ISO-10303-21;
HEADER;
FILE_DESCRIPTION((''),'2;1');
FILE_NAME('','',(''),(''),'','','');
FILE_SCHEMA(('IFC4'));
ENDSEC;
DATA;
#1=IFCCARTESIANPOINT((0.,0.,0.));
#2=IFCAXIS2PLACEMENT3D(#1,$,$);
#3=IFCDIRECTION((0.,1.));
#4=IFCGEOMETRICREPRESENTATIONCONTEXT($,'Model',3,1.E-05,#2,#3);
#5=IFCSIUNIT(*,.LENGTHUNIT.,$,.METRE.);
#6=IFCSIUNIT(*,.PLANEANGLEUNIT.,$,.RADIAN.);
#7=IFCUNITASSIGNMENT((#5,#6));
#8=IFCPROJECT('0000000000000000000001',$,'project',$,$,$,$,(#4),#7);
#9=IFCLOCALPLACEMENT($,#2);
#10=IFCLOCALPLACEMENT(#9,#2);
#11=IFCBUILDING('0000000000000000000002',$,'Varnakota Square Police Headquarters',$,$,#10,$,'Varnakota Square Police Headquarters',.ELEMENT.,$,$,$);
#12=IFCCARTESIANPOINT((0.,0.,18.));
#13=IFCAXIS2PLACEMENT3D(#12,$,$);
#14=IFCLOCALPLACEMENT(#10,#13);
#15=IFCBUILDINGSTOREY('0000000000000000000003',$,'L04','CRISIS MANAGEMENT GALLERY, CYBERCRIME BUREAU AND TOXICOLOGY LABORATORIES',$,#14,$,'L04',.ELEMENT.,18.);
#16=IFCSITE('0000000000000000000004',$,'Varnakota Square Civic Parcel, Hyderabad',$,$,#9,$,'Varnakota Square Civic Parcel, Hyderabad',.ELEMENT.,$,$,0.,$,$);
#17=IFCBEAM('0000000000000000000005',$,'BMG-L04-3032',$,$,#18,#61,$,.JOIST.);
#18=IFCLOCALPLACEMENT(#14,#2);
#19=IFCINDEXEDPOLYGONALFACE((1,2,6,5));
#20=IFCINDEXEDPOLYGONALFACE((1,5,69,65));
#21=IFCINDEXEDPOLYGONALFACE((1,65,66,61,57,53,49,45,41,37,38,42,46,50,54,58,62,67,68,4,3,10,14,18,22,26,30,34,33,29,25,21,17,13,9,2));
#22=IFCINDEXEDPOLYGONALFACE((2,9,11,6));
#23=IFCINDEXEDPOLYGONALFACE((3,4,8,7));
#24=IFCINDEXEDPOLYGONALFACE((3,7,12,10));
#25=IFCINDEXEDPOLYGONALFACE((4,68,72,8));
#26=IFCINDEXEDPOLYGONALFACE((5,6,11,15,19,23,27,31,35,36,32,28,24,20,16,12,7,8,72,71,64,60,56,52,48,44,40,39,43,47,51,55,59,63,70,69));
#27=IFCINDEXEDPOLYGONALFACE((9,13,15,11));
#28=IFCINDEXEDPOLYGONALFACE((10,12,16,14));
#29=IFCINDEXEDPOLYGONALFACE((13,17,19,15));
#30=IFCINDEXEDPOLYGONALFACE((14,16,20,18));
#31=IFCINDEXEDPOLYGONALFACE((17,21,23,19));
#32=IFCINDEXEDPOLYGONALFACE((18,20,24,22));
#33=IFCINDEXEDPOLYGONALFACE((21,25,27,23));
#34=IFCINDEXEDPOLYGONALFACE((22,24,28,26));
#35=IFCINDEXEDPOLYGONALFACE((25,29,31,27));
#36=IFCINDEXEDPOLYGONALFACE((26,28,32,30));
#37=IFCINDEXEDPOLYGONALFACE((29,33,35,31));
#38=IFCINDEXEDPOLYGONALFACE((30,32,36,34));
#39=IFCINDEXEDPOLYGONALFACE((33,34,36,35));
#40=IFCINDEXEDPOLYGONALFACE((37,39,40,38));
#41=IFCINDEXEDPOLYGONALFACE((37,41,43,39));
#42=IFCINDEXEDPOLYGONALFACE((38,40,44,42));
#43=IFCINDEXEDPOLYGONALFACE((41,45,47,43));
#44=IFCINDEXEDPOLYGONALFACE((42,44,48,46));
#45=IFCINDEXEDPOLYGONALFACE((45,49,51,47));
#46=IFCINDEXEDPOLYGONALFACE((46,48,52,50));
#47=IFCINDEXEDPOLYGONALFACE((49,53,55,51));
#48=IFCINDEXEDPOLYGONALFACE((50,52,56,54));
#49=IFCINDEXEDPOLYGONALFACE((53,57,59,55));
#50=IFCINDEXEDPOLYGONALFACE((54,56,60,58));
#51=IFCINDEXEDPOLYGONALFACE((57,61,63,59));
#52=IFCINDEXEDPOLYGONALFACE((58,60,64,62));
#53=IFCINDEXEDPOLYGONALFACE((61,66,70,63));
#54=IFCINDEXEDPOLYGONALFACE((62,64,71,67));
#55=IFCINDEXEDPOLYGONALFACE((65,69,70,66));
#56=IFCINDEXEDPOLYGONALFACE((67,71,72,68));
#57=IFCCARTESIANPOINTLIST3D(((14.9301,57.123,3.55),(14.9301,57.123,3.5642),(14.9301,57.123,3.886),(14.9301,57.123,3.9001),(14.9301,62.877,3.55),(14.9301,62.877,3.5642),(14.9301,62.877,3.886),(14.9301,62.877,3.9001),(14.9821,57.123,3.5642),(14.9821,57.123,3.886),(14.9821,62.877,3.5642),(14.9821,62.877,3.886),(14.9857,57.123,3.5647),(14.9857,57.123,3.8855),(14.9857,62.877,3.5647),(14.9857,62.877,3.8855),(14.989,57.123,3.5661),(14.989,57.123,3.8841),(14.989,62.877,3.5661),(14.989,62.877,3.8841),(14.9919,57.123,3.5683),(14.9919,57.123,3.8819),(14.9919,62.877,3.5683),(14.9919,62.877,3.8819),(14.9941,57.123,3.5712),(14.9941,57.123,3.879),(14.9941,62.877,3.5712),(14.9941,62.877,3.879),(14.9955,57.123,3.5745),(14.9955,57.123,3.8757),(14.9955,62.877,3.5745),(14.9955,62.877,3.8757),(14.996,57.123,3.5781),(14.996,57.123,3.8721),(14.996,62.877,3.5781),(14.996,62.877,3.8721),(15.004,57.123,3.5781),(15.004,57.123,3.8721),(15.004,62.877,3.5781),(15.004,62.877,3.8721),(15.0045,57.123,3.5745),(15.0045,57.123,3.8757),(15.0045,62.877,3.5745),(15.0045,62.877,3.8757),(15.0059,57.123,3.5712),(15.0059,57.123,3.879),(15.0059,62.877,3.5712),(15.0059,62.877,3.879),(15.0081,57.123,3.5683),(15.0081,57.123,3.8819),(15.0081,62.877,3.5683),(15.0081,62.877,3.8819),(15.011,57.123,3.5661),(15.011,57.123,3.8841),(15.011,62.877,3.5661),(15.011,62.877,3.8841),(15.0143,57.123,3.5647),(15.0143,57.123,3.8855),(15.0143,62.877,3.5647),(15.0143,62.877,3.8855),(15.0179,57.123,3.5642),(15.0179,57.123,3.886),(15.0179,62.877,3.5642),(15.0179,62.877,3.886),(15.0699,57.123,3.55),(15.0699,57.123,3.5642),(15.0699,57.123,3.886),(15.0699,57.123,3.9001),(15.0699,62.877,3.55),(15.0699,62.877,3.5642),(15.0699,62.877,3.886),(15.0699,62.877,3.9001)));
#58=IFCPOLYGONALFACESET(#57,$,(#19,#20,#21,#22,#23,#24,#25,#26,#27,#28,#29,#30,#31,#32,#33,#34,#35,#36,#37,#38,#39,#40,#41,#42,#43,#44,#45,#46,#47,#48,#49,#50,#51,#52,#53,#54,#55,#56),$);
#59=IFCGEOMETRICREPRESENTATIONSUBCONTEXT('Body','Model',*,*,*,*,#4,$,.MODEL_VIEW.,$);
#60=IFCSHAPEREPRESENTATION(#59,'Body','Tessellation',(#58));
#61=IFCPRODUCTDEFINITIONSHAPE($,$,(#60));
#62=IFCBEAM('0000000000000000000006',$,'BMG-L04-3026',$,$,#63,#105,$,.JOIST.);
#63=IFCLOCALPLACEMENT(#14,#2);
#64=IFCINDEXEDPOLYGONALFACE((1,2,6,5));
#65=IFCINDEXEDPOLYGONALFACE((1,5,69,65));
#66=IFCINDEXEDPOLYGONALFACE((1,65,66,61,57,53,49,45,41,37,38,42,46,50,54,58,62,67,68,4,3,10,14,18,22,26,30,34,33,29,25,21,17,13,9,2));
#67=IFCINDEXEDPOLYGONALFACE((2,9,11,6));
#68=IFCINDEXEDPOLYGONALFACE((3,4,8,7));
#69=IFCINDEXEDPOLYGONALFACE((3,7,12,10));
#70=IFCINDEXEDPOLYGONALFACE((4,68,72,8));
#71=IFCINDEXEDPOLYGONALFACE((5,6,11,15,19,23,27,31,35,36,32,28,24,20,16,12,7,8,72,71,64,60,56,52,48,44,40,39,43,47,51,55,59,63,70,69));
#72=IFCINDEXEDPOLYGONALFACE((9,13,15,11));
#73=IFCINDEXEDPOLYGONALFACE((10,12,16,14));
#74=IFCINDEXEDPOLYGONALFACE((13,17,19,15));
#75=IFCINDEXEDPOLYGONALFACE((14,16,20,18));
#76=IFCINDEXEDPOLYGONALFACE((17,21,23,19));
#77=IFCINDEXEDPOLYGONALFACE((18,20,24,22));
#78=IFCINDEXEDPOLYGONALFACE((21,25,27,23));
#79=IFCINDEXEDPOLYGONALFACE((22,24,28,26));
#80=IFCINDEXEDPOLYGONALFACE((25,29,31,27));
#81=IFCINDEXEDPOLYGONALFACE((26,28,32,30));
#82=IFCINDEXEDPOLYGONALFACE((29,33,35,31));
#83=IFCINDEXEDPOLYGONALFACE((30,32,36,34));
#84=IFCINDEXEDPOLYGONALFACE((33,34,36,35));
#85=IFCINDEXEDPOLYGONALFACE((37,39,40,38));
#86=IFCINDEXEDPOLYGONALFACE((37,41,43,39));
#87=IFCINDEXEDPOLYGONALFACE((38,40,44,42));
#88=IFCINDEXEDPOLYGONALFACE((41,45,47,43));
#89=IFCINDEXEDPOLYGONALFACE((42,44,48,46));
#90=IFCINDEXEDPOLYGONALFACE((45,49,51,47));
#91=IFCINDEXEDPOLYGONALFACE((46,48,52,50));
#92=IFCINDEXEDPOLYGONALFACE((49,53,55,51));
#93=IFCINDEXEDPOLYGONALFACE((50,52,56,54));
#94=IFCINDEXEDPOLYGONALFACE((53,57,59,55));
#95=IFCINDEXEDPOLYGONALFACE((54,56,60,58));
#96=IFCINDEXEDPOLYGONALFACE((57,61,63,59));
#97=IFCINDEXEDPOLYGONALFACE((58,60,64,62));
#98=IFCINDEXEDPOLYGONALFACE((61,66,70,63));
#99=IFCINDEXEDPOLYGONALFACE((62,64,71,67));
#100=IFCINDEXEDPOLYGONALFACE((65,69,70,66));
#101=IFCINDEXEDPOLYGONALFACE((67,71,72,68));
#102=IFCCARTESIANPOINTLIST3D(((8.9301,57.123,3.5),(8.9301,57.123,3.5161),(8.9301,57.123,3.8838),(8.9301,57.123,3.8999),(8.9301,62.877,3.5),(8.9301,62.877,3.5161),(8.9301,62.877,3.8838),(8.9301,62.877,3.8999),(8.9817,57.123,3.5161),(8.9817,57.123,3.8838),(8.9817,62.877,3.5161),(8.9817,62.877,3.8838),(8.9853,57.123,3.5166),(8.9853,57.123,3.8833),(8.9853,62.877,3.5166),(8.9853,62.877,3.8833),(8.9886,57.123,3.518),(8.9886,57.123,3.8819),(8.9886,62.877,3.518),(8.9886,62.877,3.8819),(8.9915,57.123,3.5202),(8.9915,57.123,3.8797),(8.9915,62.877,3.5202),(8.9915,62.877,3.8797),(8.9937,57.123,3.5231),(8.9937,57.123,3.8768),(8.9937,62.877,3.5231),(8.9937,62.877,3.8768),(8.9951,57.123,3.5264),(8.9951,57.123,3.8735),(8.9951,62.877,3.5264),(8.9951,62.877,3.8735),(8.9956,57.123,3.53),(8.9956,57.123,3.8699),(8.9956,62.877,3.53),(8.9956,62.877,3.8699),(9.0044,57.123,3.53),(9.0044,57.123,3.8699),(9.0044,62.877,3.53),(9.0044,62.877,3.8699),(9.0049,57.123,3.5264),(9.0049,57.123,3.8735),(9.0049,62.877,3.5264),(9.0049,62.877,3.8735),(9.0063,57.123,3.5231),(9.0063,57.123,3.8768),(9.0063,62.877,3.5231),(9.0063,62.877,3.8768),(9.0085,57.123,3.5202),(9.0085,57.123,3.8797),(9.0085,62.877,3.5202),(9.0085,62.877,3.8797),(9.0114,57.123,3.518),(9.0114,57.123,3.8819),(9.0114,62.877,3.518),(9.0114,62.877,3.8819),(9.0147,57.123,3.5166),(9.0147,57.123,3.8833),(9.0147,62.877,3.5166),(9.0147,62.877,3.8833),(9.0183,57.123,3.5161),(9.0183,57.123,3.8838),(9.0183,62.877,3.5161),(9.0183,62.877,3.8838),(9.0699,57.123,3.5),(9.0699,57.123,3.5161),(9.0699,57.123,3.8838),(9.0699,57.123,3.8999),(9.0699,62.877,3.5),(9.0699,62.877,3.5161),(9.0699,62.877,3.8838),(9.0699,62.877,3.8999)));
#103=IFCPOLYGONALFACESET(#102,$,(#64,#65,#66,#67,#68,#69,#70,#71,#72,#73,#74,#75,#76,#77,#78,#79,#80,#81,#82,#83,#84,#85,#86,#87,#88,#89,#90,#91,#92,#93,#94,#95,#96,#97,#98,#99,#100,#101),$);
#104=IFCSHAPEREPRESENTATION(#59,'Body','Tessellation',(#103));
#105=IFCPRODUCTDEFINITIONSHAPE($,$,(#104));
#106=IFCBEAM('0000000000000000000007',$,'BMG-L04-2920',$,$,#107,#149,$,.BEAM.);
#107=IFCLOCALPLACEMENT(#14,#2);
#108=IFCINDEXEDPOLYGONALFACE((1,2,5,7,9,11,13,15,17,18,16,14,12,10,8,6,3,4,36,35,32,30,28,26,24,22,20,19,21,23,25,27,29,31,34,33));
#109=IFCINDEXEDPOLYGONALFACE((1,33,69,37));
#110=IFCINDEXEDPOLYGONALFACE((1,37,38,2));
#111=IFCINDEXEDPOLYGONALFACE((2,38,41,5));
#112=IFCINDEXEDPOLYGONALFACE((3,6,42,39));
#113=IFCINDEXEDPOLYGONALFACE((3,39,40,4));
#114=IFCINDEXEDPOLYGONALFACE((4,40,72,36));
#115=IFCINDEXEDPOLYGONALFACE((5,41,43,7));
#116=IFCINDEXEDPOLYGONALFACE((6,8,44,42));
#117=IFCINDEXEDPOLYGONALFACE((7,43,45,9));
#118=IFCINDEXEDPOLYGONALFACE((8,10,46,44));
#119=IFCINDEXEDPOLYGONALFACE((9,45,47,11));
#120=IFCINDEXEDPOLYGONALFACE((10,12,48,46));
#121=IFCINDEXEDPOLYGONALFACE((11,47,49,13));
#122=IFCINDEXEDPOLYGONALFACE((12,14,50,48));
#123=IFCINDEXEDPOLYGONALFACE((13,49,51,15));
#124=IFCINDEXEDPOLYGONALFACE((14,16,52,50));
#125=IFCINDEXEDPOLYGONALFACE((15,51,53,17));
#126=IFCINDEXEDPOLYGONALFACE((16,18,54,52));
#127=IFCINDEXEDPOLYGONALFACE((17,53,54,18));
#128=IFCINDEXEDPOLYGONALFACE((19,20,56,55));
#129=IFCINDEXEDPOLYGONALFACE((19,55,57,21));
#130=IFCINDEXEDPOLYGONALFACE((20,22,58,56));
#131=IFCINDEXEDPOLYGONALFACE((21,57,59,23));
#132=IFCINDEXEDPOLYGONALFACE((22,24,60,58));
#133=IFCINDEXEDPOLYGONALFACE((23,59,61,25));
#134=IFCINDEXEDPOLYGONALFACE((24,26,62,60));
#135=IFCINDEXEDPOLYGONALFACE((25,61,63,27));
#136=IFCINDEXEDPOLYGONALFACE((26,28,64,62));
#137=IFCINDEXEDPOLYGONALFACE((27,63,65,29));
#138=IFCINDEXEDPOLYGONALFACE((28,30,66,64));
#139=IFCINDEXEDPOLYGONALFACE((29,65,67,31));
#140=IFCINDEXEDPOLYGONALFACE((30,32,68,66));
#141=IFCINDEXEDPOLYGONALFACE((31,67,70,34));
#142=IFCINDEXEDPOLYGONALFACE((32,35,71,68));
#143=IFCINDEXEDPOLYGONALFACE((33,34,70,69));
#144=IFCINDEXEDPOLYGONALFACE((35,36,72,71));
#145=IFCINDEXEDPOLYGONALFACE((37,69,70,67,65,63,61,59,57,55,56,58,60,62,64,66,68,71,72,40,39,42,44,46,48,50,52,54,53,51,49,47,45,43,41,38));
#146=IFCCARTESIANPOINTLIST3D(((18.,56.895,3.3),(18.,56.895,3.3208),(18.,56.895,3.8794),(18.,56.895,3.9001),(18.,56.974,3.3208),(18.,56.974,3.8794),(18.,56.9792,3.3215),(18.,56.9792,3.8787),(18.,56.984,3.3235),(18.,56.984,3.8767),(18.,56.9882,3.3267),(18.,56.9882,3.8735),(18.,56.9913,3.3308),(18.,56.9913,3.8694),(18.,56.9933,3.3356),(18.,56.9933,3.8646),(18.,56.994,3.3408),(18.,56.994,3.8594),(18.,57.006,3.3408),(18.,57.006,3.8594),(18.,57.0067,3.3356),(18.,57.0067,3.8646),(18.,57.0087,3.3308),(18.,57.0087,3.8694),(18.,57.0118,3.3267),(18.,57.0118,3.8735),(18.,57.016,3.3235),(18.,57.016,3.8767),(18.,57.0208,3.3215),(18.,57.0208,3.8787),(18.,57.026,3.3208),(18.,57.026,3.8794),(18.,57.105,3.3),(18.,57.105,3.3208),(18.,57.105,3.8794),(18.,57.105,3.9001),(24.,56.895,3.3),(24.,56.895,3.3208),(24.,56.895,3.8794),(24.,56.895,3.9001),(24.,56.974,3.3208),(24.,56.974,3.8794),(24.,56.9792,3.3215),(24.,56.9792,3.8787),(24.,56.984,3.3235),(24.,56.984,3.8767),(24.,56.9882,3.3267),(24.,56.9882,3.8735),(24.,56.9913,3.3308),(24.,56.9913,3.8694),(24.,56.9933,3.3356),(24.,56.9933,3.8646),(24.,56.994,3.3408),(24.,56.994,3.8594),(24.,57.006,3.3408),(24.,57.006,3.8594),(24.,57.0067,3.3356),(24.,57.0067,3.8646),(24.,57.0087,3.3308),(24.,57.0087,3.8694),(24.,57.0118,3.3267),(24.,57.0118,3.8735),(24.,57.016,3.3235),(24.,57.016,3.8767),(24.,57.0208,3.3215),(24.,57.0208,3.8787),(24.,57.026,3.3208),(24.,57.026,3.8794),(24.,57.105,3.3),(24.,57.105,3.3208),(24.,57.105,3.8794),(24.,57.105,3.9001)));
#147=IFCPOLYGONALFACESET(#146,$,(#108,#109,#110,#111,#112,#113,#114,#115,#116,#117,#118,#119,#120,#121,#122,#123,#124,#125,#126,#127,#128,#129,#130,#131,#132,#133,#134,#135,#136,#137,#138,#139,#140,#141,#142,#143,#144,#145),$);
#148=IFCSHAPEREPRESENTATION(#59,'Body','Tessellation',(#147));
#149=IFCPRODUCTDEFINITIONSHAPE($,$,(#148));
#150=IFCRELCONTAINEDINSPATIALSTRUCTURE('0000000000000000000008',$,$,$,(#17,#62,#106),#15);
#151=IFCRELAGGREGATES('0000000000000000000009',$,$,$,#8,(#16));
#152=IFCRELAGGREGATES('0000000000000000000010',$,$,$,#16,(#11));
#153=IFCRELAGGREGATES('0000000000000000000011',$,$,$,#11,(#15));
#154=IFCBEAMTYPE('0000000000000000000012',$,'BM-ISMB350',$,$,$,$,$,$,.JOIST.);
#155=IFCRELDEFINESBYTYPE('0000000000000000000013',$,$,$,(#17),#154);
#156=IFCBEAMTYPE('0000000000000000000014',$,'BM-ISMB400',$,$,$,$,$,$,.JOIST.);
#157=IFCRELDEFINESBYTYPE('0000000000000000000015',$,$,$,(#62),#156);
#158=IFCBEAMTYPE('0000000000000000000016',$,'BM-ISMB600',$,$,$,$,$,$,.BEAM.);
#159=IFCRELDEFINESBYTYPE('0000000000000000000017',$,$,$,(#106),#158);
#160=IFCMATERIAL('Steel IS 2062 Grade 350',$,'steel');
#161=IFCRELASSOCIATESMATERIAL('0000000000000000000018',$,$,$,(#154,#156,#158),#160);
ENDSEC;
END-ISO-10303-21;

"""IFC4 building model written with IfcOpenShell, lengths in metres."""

from ifc_helpers import new_model, si_unit, direction, frame, origin, origin_2d, place, context, subcontext, project, spatial, i_section, extrude, material, material_profile, profile_set, type_object, element, save


model = new_model("IFC4")

# Units and contexts
model_context = context("Model", 3, precision=1e-05, world=origin(), true_north=direction((0.0, 1.0)))
body_context = subcontext(model_context, "Body", "Model", "MODEL_VIEW")
ifc_project = project(units=[si_unit("LENGTHUNIT", "METRE"), si_unit("PLANEANGLEUNIT", "RADIAN")], contexts=[model_context])

# Site, building, storey
site_placement = place(None, origin())
site = spatial("IfcSite", under=ifc_project, at=site_placement, Name="Varnakota Square Civic Parcel, Hyderabad", LongName="Varnakota Square Civic Parcel, Hyderabad", CompositionType="ELEMENT", RefElevation=0.0)
building_placement = place(site_placement, origin())
building = spatial("IfcBuilding", under=site, at=building_placement, Name="Varnakota Square Police Headquarters", LongName="Varnakota Square Police Headquarters", CompositionType="ELEMENT")
storey_placement = place(building_placement, frame((0.0, 0.0, 18.0)))
storey = spatial("IfcBuildingStorey", under=building, at=storey_placement, Name="L04", Description="CRISIS MANAGEMENT GALLERY, CYBERCRIME BUREAU AND TOXICOLOGY LABORATORIES", LongName="L04", CompositionType="ELEMENT", Elevation=18.0)

# Shared definitions
ifc_material_1 = material(Name="Steel IS 2062 Grade 350", Category="steel")

# Beams
ifc_material_profile_1 = material_profile(ifc_material_1, i_section(OverallWidth=0.1399, OverallDepth=0.3501, WebThickness=0.0081, FlangeThickness=0.0142, FilletRadius=0.0139, at=origin_2d()), Name="ISMB 350")
ifc_profile_set_1 = profile_set([ifc_material_profile_1], Name="Steel IS 2062 Grade 350")
beam_type_1 = type_object("IfcBeamType", Name="BM-ISMB350", PredefinedType="JOIST", material=ifc_profile_set_1)
beam_1_placement = place(storey_placement, frame((15.0, 57.123, 3.7251), z_axis=(0.0, 1.0, 0.0), x_axis=(-1.0, 0.0, 0.0)))
element("IfcBeam", 1, at=beam_1_placement, inside=storey, type_object=beam_type_1, Name="BMG-L04-3032", PredefinedType="JOIST", context=body_context, shape_type="SweptSolid", body=[
    extrude(i_section(OverallWidth=0.1399, OverallDepth=0.3501, WebThickness=0.0081, FlangeThickness=0.0142, FilletRadius=0.0139, at=origin_2d()), origin(), (0.0, 0.0, 1.0), 5.7539),
])
ifc_material_profile_2 = material_profile(ifc_material_1, i_section(OverallWidth=0.1399, OverallDepth=0.3999, WebThickness=0.0088, FlangeThickness=0.0161, FilletRadius=0.0139, at=origin_2d()), Name="ISMB 400")
ifc_profile_set_2 = profile_set([ifc_material_profile_2], Name="Steel IS 2062 Grade 350")
beam_type_2 = type_object("IfcBeamType", Name="BM-ISMB400", PredefinedType="JOIST", material=ifc_profile_set_2)
beam_2_placement = place(storey_placement, frame((9.0, 57.123, 3.7), z_axis=(0.0, 1.0, 0.0), x_axis=(-1.0, 0.0, 0.0)))
element("IfcBeam", 2, at=beam_2_placement, inside=storey, type_object=beam_type_2, Name="BMG-L04-3026", PredefinedType="JOIST", context=body_context, shape_type="SweptSolid", body=[
    extrude(i_section(OverallWidth=0.1399, OverallDepth=0.3999, WebThickness=0.0088, FlangeThickness=0.0161, FilletRadius=0.0139, at=origin_2d()), origin(), (0.0, 0.0, 1.0), 5.7539),
])
ifc_material_profile_3 = material_profile(ifc_material_1, i_section(OverallWidth=0.21, OverallDepth=0.6001, WebThickness=0.012, FlangeThickness=0.0208, FilletRadius=0.02, at=origin_2d()), Name="ISMB 600")
ifc_profile_set_3 = profile_set([ifc_material_profile_3], Name="Steel IS 2062 Grade 350")
beam_type_3 = type_object("IfcBeamType", Name="BM-ISMB600", PredefinedType="BEAM", material=ifc_profile_set_3)
beam_3_placement = place(storey_placement, frame((18.0, 57.0, 3.6001), z_axis=(1.0, 0.0, 0.0), x_axis=(0.0, 1.0, 0.0)))
element("IfcBeam", 3, at=beam_3_placement, inside=storey, type_object=beam_type_3, Name="BMG-L04-2920", PredefinedType="BEAM", context=body_context, shape_type="SweptSolid", body=[
    extrude(i_section(OverallWidth=0.21, OverallDepth=0.6001, WebThickness=0.012, FlangeThickness=0.0208, FilletRadius=0.02, at=origin_2d()), origin(), (0.0, 0.0, 1.0), 6.0),
])

save(model, "model.ifc")
